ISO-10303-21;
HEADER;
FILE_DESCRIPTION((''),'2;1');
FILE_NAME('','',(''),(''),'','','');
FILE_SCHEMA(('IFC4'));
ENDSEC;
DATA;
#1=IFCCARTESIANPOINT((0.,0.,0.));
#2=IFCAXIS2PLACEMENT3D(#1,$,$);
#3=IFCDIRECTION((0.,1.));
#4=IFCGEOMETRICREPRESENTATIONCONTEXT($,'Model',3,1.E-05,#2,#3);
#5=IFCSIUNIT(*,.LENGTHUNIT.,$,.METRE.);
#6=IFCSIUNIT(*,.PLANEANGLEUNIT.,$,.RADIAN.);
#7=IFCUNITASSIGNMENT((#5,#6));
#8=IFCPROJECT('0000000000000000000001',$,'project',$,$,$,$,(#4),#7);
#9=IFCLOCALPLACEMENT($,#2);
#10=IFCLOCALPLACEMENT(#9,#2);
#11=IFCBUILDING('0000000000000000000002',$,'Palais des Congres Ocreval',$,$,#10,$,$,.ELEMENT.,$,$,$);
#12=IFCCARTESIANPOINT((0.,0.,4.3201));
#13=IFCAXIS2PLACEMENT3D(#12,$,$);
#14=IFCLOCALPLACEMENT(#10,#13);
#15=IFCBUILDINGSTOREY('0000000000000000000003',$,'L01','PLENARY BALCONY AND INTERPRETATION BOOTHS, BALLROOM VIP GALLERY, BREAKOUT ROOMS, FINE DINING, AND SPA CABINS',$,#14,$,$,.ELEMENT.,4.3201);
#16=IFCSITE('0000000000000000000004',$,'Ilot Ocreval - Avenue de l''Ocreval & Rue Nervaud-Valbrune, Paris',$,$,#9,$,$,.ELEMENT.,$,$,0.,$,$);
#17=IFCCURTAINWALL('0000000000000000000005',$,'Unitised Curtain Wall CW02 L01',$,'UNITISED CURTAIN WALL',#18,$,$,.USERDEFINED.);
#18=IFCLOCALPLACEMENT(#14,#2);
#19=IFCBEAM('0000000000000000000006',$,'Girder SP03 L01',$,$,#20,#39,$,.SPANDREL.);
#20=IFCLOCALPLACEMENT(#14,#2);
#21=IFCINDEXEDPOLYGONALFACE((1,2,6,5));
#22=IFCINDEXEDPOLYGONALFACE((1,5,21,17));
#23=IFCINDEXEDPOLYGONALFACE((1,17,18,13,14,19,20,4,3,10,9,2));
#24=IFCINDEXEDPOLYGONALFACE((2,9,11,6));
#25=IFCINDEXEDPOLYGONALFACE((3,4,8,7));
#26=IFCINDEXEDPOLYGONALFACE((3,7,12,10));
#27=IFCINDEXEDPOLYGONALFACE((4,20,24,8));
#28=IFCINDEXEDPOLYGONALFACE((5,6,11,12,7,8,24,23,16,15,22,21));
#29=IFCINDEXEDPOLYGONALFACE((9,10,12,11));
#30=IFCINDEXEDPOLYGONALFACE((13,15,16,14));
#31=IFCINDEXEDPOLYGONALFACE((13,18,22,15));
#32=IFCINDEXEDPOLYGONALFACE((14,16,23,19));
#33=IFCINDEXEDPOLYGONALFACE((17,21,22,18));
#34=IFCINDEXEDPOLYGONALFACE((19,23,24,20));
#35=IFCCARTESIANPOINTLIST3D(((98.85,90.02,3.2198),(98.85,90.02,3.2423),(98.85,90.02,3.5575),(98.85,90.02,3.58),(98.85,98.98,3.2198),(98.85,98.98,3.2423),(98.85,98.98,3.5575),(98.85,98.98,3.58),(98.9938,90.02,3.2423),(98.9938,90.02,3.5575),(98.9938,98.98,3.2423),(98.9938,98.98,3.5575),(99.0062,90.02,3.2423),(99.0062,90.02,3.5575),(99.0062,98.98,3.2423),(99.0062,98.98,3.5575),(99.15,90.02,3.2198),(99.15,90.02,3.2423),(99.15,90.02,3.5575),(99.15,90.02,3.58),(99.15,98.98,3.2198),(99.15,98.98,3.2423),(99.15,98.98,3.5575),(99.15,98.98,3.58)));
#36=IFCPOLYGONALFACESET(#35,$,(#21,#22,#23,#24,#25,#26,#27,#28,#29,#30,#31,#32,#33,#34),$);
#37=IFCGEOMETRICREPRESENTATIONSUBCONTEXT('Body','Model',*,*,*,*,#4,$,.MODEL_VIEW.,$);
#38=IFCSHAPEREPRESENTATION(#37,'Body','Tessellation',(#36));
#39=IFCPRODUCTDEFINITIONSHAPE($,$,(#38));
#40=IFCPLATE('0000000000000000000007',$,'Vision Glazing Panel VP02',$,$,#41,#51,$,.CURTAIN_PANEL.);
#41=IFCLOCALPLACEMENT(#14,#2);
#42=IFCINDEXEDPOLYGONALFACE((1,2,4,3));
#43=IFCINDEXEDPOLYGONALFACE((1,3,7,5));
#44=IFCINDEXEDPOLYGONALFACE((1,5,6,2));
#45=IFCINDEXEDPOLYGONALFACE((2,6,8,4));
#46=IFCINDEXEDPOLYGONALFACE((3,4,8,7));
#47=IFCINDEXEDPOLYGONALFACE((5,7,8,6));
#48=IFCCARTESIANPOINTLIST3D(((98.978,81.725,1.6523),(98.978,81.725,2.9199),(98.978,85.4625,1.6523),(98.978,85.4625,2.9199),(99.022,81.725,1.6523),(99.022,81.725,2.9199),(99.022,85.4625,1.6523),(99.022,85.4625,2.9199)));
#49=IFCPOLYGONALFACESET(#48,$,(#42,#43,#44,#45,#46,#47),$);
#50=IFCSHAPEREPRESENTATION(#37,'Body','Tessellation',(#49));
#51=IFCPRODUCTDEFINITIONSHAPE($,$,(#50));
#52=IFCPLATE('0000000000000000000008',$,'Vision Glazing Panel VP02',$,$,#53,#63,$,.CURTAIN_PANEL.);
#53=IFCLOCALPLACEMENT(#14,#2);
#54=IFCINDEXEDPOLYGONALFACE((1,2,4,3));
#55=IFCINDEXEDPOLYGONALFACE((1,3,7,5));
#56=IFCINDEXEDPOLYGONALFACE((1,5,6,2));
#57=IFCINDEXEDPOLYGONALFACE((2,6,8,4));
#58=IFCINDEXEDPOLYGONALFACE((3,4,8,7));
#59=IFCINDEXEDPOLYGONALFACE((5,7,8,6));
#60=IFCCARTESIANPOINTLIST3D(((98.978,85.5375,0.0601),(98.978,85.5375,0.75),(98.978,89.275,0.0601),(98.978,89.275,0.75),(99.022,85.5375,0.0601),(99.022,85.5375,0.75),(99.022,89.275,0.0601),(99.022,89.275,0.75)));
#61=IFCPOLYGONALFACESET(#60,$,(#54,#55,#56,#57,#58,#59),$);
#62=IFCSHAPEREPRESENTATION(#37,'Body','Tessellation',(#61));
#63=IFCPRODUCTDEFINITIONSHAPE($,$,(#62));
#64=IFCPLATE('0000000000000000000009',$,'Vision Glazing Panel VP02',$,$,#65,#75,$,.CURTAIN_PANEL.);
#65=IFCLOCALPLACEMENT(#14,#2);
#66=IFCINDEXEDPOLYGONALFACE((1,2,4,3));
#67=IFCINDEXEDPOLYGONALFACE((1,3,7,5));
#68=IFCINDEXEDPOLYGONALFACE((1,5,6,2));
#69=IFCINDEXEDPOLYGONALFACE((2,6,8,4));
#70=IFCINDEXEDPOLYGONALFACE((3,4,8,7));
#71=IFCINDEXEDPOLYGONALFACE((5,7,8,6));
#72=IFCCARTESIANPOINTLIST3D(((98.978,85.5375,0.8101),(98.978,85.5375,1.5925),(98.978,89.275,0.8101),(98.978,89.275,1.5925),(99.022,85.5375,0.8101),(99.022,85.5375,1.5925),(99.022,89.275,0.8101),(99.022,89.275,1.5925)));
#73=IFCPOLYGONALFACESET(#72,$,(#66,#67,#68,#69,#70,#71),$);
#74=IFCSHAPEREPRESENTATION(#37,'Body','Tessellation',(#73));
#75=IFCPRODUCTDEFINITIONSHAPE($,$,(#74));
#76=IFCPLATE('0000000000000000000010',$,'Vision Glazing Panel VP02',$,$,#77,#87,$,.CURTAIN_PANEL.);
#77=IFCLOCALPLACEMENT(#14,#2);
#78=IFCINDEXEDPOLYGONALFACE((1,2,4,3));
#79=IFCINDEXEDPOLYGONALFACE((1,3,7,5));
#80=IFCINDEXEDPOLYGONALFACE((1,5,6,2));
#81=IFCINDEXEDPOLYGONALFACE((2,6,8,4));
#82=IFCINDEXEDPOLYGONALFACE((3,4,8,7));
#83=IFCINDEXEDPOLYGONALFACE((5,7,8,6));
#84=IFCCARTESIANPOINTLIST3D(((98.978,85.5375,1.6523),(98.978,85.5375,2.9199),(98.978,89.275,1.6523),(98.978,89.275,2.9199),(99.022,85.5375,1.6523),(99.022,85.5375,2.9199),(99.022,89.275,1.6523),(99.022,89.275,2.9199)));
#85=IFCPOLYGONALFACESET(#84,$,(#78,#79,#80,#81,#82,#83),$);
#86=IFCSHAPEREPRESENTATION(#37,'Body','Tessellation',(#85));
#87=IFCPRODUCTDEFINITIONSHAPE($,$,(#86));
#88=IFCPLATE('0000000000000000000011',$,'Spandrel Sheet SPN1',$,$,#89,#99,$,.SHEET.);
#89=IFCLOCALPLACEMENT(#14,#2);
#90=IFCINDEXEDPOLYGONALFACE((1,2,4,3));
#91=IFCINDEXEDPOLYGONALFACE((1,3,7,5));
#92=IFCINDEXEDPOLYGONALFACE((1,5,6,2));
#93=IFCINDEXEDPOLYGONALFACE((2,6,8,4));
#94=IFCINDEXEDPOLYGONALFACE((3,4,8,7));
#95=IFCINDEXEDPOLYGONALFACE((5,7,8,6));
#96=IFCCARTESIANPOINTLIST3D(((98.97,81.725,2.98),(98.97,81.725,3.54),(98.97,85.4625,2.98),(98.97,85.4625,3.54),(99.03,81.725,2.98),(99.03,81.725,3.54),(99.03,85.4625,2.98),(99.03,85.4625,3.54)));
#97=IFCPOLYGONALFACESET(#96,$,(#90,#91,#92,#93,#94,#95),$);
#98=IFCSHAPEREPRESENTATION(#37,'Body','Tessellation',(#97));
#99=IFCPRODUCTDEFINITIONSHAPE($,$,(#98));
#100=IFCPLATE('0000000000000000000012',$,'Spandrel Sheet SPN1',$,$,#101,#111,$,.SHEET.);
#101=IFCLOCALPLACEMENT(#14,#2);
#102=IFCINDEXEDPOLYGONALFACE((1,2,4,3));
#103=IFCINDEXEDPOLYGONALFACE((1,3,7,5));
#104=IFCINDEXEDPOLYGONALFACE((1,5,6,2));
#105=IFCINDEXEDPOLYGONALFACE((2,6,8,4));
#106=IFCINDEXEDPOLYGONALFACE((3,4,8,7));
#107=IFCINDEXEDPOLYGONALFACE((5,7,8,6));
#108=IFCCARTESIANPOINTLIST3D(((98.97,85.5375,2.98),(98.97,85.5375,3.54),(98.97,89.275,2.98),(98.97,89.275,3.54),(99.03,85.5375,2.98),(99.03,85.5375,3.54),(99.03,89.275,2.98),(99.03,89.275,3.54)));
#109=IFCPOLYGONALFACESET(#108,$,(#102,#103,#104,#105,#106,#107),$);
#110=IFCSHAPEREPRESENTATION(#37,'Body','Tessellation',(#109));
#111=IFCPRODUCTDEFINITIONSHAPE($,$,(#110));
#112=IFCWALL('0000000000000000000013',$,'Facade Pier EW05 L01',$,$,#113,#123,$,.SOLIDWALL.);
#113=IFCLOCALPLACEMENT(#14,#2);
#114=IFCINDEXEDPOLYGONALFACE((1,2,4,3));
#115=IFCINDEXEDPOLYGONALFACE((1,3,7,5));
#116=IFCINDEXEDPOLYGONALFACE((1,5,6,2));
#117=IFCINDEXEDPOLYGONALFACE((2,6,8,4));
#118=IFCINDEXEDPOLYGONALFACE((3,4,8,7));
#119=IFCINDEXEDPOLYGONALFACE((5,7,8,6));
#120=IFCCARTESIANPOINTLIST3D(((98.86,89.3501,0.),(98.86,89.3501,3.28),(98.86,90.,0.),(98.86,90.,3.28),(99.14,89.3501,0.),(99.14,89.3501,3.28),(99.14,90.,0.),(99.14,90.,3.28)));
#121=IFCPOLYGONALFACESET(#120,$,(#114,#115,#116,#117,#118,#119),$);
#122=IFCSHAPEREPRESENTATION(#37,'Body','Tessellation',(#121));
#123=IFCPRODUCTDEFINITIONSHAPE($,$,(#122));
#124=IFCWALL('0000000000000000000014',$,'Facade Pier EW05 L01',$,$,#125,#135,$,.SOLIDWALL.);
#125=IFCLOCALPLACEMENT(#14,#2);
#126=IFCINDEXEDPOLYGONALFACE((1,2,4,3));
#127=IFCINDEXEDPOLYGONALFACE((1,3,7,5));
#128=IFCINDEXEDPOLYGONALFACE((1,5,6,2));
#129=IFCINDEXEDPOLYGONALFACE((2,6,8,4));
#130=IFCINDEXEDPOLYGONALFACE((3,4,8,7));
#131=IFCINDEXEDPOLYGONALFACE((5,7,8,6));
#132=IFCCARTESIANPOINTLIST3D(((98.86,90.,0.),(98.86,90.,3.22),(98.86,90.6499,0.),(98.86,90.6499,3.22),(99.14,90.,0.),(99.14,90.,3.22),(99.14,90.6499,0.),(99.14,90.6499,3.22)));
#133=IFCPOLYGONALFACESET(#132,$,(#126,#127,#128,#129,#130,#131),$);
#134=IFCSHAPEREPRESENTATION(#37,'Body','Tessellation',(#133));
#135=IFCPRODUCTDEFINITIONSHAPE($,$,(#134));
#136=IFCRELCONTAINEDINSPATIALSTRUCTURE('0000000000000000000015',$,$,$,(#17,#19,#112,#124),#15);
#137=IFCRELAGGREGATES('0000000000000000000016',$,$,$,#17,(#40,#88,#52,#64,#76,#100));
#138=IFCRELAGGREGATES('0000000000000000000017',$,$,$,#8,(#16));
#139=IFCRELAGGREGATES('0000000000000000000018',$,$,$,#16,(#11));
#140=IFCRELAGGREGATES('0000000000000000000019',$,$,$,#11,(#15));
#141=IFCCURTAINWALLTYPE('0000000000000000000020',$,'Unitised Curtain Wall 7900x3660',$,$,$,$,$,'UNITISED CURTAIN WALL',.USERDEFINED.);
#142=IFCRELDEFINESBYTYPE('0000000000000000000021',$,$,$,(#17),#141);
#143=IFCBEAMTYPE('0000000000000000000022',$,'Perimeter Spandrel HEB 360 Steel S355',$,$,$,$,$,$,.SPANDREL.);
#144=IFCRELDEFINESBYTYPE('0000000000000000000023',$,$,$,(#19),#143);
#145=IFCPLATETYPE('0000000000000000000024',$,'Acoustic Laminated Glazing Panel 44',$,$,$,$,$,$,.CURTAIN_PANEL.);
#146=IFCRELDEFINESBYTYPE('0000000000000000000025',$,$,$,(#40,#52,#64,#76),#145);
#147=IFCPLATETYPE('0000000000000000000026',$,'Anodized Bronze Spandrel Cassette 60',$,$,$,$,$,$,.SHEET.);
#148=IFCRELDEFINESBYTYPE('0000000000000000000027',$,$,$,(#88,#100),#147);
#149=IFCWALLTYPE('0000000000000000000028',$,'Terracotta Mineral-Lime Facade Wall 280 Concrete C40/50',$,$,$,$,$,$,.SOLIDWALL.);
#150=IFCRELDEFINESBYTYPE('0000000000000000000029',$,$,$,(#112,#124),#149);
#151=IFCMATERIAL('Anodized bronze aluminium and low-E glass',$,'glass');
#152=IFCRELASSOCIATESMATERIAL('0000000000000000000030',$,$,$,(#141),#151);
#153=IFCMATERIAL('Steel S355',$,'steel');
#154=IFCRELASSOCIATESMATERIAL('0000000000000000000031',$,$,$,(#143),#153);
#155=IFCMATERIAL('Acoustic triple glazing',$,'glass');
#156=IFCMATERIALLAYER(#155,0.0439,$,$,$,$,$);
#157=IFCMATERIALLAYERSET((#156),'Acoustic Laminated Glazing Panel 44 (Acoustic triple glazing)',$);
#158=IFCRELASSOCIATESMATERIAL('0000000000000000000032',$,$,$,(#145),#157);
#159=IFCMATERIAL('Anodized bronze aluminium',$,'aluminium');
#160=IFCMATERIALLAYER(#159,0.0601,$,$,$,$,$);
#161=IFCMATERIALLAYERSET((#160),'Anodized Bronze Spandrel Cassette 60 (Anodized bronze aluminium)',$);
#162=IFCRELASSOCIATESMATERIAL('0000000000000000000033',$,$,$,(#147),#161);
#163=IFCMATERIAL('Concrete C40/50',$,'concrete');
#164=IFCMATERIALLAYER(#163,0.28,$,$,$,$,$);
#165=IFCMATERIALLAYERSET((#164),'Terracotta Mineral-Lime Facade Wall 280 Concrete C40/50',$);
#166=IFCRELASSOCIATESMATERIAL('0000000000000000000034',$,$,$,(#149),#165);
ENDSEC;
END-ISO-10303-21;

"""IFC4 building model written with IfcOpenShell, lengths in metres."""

from ifc_helpers import new_model, si_unit, direction, frame, frame_2d, origin, origin_2d, place, context, subcontext, project, spatial, rectangle, i_section, extrude, material, layer, layer_set, material_profile, profile_set, type_object, element, aggregate, save


model = new_model("IFC4")

# Units and contexts
model_context = context("Model", 3, precision=1e-05, world=origin(), true_north=direction((0.0, 1.0)))
body_context = subcontext(model_context, "Body", "Model", "MODEL_VIEW")
ifc_project = project(units=[si_unit("LENGTHUNIT", "METRE"), si_unit("PLANEANGLEUNIT", "RADIAN")], contexts=[model_context])

# Site, building, storey
site_placement = place(None, origin())
site = spatial("IfcSite", under=ifc_project, at=site_placement, Name="Ilot Ocreval - Avenue de l'Ocreval & Rue Nervaud-Valbrune, Paris", CompositionType="ELEMENT", RefElevation=0.0)
building_placement = place(site_placement, origin())
building = spatial("IfcBuilding", under=site, at=building_placement, Name="Palais des Congres Ocreval", CompositionType="ELEMENT")
storey_placement = place(building_placement, frame((0.0, 0.0, 4.3201)))
storey = spatial("IfcBuildingStorey", under=building, at=storey_placement, Name="L01", Description="PLENARY BALCONY AND INTERPRETATION BOOTHS, BALLROOM VIP GALLERY, BREAKOUT ROOMS, FINE DINING, AND SPA CABINS", CompositionType="ELEMENT", Elevation=4.3201)

# Shared definitions
ifc_material_1 = material(Name="Steel S355", Category="steel")

# Curtain wall
ifc_material_2 = material(Name="Anodized bronze aluminium and low-E glass", Category="glass")
curtain_wall_type = type_object("IfcCurtainWallType", Name="Unitised Curtain Wall 7900x3660", ElementType="UNITISED CURTAIN WALL", PredefinedType="USERDEFINED", material=ifc_material_2)
curtain_wall_1_placement = place(storey_placement, origin())
curtain_wall_1 = element("IfcCurtainWall", 1, at=curtain_wall_1_placement, inside=storey, type_object=curtain_wall_type, Name="Unitised Curtain Wall CW02 L01", ObjectType="UNITISED CURTAIN WALL", PredefinedType="USERDEFINED")
ifc_material_3 = material(Name="Anodized bronze aluminium", Category="aluminium")

# Beam
ifc_material_profile_1 = material_profile(ifc_material_1, i_section(OverallWidth=0.3, OverallDepth=0.3601, WebThickness=0.0125, FlangeThickness=0.0225, at=origin_2d()), Name="HEB 360")
ifc_profile_set_1 = profile_set([ifc_material_profile_1], Name="Steel S355")
beam_type = type_object("IfcBeamType", Name="Perimeter Spandrel HEB 360 Steel S355", PredefinedType="SPANDREL", material=ifc_profile_set_1)
beam_placement = place(storey_placement, frame((99.0, 90.02, 3.3999), z_axis=(0.0, 1.0, 0.0), x_axis=(-1.0, 0.0, 0.0)))
element("IfcBeam", 2, at=beam_placement, inside=storey, type_object=beam_type, Name="Girder SP03 L01", PredefinedType="SPANDREL", context=body_context, shape_type="SweptSolid", body=[
    extrude(i_section(OverallWidth=0.3, OverallDepth=0.3601, WebThickness=0.0125, FlangeThickness=0.0225, at=origin_2d()), origin(), (0.0, 0.0, 1.0), 8.96),
])

# Plates
ifc_material_4 = material(Name="Acoustic triple glazing", Category="glass")
ifc_layer_1 = layer(ifc_material_4, 0.0439)
ifc_layer_set_1 = layer_set([ifc_layer_1], Name="Acoustic Laminated Glazing Panel 44 (Acoustic triple glazing)")
plate_type_1 = type_object("IfcPlateType", Name="Acoustic Laminated Glazing Panel 44", PredefinedType="CURTAIN_PANEL", material=ifc_layer_set_1)
plate_1_placement = place(storey_placement, frame((99.0, 83.5938, 1.6523), z_axis=(0.0, 0.0, 1.0), x_axis=(0.0, 1.0, 0.0)))
plate_1 = element("IfcPlate", 3, at=plate_1_placement, type_object=plate_type_1, Name="Vision Glazing Panel VP02", PredefinedType="CURTAIN_PANEL", context=body_context, shape_type="SweptSolid", body=[
    extrude(rectangle(XDim=3.7375, YDim=0.0439, at=origin_2d()), origin(), (0.0, 0.0, 1.0), 1.2676),
])
plate_2_placement = place(storey_placement, frame((99.0, 87.4062, 0.0601), z_axis=(0.0, 0.0, 1.0), x_axis=(0.0, 1.0, 0.0)))
plate_2 = element("IfcPlate", 4, at=plate_2_placement, type_object=plate_type_1, Name="Vision Glazing Panel VP02", PredefinedType="CURTAIN_PANEL", context=body_context, shape_type="SweptSolid", body=[
    extrude(rectangle(XDim=3.7375, YDim=0.0439, at=origin_2d()), origin(), (0.0, 0.0, 1.0), 0.6899),
])
plate_3_placement = place(storey_placement, frame((99.0, 87.4062, 0.8101), z_axis=(0.0, 0.0, 1.0), x_axis=(0.0, 1.0, 0.0)))
plate_3 = element("IfcPlate", 5, at=plate_3_placement, type_object=plate_type_1, Name="Vision Glazing Panel VP02", PredefinedType="CURTAIN_PANEL", context=body_context, shape_type="SweptSolid", body=[
    extrude(rectangle(XDim=3.7375, YDim=0.0439, at=origin_2d()), origin(), (0.0, 0.0, 1.0), 0.7825),
])
plate_4_placement = place(storey_placement, frame((99.0, 87.4062, 1.6523), z_axis=(0.0, 0.0, 1.0), x_axis=(0.0, 1.0, 0.0)))
plate_4 = element("IfcPlate", 6, at=plate_4_placement, type_object=plate_type_1, Name="Vision Glazing Panel VP02", PredefinedType="CURTAIN_PANEL", context=body_context, shape_type="SweptSolid", body=[
    extrude(rectangle(XDim=3.7375, YDim=0.0439, at=origin_2d()), origin(), (0.0, 0.0, 1.0), 1.2676),
])
ifc_layer_2 = layer(ifc_material_3, 0.0601)
ifc_layer_set_2 = layer_set([ifc_layer_2], Name="Anodized Bronze Spandrel Cassette 60 (Anodized bronze aluminium)")
plate_type_2 = type_object("IfcPlateType", Name="Anodized Bronze Spandrel Cassette 60", PredefinedType="SHEET", material=ifc_layer_set_2)
plate_5_placement = place(storey_placement, frame((99.0, 83.5938, 2.98), z_axis=(0.0, 0.0, 1.0), x_axis=(0.0, 1.0, 0.0)))
plate_5 = element("IfcPlate", 7, at=plate_5_placement, type_object=plate_type_2, Name="Spandrel Sheet SPN1", PredefinedType="SHEET", context=body_context, shape_type="SweptSolid", body=[
    extrude(rectangle(XDim=3.7375, YDim=0.0601, at=origin_2d()), origin(), (0.0, 0.0, 1.0), 0.5601),
])
plate_6_placement = place(storey_placement, frame((99.0, 87.4062, 2.98), z_axis=(0.0, 0.0, 1.0), x_axis=(0.0, 1.0, 0.0)))
plate_6 = element("IfcPlate", 8, at=plate_6_placement, type_object=plate_type_2, Name="Spandrel Sheet SPN1", PredefinedType="SHEET", context=body_context, shape_type="SweptSolid", body=[
    extrude(rectangle(XDim=3.7375, YDim=0.0601, at=origin_2d()), origin(), (0.0, 0.0, 1.0), 0.5601),
])
aggregate(curtain_wall_1, [plate_1, plate_5, plate_2, plate_3, plate_4, plate_6])

# Walls
ifc_material_5 = material(Name="Concrete C40/50", Category="concrete")
ifc_layer_3 = layer(ifc_material_5, 0.28)
ifc_layer_set_3 = layer_set([ifc_layer_3], Name="Terracotta Mineral-Lime Facade Wall 280 Concrete C40/50")
wall_type = type_object("IfcWallType", Name="Terracotta Mineral-Lime Facade Wall 280 Concrete C40/50", PredefinedType="SOLIDWALL", material=ifc_layer_set_3)
wall_1_placement = place(storey_placement, frame((99.0, 89.3501, 0.0), z_axis=(0.0, 0.0, 1.0), x_axis=(0.0, 1.0, 0.0)))
element("IfcWall", 9, at=wall_1_placement, inside=storey, type_object=wall_type, Name="Facade Pier EW05 L01", PredefinedType="SOLIDWALL", context=body_context, shape_type="SweptSolid", body=[
    extrude(rectangle(XDim=0.6499, YDim=0.28, at=frame_2d((0.325, 0.0))), origin(), (0.0, 0.0, 1.0), 3.28),
])
wall_2_placement = place(storey_placement, frame((99.0, 90.0, 0.0), z_axis=(0.0, 0.0, 1.0), x_axis=(0.0, 1.0, 0.0)))
element("IfcWall", 10, at=wall_2_placement, inside=storey, type_object=wall_type, Name="Facade Pier EW05 L01", PredefinedType="SOLIDWALL", context=body_context, shape_type="SweptSolid", body=[
    extrude(rectangle(XDim=0.6499, YDim=0.28, at=frame_2d((0.325, 0.0))), origin(), (0.0, 0.0, 1.0), 3.22),
])

save(model, "model.ifc")
